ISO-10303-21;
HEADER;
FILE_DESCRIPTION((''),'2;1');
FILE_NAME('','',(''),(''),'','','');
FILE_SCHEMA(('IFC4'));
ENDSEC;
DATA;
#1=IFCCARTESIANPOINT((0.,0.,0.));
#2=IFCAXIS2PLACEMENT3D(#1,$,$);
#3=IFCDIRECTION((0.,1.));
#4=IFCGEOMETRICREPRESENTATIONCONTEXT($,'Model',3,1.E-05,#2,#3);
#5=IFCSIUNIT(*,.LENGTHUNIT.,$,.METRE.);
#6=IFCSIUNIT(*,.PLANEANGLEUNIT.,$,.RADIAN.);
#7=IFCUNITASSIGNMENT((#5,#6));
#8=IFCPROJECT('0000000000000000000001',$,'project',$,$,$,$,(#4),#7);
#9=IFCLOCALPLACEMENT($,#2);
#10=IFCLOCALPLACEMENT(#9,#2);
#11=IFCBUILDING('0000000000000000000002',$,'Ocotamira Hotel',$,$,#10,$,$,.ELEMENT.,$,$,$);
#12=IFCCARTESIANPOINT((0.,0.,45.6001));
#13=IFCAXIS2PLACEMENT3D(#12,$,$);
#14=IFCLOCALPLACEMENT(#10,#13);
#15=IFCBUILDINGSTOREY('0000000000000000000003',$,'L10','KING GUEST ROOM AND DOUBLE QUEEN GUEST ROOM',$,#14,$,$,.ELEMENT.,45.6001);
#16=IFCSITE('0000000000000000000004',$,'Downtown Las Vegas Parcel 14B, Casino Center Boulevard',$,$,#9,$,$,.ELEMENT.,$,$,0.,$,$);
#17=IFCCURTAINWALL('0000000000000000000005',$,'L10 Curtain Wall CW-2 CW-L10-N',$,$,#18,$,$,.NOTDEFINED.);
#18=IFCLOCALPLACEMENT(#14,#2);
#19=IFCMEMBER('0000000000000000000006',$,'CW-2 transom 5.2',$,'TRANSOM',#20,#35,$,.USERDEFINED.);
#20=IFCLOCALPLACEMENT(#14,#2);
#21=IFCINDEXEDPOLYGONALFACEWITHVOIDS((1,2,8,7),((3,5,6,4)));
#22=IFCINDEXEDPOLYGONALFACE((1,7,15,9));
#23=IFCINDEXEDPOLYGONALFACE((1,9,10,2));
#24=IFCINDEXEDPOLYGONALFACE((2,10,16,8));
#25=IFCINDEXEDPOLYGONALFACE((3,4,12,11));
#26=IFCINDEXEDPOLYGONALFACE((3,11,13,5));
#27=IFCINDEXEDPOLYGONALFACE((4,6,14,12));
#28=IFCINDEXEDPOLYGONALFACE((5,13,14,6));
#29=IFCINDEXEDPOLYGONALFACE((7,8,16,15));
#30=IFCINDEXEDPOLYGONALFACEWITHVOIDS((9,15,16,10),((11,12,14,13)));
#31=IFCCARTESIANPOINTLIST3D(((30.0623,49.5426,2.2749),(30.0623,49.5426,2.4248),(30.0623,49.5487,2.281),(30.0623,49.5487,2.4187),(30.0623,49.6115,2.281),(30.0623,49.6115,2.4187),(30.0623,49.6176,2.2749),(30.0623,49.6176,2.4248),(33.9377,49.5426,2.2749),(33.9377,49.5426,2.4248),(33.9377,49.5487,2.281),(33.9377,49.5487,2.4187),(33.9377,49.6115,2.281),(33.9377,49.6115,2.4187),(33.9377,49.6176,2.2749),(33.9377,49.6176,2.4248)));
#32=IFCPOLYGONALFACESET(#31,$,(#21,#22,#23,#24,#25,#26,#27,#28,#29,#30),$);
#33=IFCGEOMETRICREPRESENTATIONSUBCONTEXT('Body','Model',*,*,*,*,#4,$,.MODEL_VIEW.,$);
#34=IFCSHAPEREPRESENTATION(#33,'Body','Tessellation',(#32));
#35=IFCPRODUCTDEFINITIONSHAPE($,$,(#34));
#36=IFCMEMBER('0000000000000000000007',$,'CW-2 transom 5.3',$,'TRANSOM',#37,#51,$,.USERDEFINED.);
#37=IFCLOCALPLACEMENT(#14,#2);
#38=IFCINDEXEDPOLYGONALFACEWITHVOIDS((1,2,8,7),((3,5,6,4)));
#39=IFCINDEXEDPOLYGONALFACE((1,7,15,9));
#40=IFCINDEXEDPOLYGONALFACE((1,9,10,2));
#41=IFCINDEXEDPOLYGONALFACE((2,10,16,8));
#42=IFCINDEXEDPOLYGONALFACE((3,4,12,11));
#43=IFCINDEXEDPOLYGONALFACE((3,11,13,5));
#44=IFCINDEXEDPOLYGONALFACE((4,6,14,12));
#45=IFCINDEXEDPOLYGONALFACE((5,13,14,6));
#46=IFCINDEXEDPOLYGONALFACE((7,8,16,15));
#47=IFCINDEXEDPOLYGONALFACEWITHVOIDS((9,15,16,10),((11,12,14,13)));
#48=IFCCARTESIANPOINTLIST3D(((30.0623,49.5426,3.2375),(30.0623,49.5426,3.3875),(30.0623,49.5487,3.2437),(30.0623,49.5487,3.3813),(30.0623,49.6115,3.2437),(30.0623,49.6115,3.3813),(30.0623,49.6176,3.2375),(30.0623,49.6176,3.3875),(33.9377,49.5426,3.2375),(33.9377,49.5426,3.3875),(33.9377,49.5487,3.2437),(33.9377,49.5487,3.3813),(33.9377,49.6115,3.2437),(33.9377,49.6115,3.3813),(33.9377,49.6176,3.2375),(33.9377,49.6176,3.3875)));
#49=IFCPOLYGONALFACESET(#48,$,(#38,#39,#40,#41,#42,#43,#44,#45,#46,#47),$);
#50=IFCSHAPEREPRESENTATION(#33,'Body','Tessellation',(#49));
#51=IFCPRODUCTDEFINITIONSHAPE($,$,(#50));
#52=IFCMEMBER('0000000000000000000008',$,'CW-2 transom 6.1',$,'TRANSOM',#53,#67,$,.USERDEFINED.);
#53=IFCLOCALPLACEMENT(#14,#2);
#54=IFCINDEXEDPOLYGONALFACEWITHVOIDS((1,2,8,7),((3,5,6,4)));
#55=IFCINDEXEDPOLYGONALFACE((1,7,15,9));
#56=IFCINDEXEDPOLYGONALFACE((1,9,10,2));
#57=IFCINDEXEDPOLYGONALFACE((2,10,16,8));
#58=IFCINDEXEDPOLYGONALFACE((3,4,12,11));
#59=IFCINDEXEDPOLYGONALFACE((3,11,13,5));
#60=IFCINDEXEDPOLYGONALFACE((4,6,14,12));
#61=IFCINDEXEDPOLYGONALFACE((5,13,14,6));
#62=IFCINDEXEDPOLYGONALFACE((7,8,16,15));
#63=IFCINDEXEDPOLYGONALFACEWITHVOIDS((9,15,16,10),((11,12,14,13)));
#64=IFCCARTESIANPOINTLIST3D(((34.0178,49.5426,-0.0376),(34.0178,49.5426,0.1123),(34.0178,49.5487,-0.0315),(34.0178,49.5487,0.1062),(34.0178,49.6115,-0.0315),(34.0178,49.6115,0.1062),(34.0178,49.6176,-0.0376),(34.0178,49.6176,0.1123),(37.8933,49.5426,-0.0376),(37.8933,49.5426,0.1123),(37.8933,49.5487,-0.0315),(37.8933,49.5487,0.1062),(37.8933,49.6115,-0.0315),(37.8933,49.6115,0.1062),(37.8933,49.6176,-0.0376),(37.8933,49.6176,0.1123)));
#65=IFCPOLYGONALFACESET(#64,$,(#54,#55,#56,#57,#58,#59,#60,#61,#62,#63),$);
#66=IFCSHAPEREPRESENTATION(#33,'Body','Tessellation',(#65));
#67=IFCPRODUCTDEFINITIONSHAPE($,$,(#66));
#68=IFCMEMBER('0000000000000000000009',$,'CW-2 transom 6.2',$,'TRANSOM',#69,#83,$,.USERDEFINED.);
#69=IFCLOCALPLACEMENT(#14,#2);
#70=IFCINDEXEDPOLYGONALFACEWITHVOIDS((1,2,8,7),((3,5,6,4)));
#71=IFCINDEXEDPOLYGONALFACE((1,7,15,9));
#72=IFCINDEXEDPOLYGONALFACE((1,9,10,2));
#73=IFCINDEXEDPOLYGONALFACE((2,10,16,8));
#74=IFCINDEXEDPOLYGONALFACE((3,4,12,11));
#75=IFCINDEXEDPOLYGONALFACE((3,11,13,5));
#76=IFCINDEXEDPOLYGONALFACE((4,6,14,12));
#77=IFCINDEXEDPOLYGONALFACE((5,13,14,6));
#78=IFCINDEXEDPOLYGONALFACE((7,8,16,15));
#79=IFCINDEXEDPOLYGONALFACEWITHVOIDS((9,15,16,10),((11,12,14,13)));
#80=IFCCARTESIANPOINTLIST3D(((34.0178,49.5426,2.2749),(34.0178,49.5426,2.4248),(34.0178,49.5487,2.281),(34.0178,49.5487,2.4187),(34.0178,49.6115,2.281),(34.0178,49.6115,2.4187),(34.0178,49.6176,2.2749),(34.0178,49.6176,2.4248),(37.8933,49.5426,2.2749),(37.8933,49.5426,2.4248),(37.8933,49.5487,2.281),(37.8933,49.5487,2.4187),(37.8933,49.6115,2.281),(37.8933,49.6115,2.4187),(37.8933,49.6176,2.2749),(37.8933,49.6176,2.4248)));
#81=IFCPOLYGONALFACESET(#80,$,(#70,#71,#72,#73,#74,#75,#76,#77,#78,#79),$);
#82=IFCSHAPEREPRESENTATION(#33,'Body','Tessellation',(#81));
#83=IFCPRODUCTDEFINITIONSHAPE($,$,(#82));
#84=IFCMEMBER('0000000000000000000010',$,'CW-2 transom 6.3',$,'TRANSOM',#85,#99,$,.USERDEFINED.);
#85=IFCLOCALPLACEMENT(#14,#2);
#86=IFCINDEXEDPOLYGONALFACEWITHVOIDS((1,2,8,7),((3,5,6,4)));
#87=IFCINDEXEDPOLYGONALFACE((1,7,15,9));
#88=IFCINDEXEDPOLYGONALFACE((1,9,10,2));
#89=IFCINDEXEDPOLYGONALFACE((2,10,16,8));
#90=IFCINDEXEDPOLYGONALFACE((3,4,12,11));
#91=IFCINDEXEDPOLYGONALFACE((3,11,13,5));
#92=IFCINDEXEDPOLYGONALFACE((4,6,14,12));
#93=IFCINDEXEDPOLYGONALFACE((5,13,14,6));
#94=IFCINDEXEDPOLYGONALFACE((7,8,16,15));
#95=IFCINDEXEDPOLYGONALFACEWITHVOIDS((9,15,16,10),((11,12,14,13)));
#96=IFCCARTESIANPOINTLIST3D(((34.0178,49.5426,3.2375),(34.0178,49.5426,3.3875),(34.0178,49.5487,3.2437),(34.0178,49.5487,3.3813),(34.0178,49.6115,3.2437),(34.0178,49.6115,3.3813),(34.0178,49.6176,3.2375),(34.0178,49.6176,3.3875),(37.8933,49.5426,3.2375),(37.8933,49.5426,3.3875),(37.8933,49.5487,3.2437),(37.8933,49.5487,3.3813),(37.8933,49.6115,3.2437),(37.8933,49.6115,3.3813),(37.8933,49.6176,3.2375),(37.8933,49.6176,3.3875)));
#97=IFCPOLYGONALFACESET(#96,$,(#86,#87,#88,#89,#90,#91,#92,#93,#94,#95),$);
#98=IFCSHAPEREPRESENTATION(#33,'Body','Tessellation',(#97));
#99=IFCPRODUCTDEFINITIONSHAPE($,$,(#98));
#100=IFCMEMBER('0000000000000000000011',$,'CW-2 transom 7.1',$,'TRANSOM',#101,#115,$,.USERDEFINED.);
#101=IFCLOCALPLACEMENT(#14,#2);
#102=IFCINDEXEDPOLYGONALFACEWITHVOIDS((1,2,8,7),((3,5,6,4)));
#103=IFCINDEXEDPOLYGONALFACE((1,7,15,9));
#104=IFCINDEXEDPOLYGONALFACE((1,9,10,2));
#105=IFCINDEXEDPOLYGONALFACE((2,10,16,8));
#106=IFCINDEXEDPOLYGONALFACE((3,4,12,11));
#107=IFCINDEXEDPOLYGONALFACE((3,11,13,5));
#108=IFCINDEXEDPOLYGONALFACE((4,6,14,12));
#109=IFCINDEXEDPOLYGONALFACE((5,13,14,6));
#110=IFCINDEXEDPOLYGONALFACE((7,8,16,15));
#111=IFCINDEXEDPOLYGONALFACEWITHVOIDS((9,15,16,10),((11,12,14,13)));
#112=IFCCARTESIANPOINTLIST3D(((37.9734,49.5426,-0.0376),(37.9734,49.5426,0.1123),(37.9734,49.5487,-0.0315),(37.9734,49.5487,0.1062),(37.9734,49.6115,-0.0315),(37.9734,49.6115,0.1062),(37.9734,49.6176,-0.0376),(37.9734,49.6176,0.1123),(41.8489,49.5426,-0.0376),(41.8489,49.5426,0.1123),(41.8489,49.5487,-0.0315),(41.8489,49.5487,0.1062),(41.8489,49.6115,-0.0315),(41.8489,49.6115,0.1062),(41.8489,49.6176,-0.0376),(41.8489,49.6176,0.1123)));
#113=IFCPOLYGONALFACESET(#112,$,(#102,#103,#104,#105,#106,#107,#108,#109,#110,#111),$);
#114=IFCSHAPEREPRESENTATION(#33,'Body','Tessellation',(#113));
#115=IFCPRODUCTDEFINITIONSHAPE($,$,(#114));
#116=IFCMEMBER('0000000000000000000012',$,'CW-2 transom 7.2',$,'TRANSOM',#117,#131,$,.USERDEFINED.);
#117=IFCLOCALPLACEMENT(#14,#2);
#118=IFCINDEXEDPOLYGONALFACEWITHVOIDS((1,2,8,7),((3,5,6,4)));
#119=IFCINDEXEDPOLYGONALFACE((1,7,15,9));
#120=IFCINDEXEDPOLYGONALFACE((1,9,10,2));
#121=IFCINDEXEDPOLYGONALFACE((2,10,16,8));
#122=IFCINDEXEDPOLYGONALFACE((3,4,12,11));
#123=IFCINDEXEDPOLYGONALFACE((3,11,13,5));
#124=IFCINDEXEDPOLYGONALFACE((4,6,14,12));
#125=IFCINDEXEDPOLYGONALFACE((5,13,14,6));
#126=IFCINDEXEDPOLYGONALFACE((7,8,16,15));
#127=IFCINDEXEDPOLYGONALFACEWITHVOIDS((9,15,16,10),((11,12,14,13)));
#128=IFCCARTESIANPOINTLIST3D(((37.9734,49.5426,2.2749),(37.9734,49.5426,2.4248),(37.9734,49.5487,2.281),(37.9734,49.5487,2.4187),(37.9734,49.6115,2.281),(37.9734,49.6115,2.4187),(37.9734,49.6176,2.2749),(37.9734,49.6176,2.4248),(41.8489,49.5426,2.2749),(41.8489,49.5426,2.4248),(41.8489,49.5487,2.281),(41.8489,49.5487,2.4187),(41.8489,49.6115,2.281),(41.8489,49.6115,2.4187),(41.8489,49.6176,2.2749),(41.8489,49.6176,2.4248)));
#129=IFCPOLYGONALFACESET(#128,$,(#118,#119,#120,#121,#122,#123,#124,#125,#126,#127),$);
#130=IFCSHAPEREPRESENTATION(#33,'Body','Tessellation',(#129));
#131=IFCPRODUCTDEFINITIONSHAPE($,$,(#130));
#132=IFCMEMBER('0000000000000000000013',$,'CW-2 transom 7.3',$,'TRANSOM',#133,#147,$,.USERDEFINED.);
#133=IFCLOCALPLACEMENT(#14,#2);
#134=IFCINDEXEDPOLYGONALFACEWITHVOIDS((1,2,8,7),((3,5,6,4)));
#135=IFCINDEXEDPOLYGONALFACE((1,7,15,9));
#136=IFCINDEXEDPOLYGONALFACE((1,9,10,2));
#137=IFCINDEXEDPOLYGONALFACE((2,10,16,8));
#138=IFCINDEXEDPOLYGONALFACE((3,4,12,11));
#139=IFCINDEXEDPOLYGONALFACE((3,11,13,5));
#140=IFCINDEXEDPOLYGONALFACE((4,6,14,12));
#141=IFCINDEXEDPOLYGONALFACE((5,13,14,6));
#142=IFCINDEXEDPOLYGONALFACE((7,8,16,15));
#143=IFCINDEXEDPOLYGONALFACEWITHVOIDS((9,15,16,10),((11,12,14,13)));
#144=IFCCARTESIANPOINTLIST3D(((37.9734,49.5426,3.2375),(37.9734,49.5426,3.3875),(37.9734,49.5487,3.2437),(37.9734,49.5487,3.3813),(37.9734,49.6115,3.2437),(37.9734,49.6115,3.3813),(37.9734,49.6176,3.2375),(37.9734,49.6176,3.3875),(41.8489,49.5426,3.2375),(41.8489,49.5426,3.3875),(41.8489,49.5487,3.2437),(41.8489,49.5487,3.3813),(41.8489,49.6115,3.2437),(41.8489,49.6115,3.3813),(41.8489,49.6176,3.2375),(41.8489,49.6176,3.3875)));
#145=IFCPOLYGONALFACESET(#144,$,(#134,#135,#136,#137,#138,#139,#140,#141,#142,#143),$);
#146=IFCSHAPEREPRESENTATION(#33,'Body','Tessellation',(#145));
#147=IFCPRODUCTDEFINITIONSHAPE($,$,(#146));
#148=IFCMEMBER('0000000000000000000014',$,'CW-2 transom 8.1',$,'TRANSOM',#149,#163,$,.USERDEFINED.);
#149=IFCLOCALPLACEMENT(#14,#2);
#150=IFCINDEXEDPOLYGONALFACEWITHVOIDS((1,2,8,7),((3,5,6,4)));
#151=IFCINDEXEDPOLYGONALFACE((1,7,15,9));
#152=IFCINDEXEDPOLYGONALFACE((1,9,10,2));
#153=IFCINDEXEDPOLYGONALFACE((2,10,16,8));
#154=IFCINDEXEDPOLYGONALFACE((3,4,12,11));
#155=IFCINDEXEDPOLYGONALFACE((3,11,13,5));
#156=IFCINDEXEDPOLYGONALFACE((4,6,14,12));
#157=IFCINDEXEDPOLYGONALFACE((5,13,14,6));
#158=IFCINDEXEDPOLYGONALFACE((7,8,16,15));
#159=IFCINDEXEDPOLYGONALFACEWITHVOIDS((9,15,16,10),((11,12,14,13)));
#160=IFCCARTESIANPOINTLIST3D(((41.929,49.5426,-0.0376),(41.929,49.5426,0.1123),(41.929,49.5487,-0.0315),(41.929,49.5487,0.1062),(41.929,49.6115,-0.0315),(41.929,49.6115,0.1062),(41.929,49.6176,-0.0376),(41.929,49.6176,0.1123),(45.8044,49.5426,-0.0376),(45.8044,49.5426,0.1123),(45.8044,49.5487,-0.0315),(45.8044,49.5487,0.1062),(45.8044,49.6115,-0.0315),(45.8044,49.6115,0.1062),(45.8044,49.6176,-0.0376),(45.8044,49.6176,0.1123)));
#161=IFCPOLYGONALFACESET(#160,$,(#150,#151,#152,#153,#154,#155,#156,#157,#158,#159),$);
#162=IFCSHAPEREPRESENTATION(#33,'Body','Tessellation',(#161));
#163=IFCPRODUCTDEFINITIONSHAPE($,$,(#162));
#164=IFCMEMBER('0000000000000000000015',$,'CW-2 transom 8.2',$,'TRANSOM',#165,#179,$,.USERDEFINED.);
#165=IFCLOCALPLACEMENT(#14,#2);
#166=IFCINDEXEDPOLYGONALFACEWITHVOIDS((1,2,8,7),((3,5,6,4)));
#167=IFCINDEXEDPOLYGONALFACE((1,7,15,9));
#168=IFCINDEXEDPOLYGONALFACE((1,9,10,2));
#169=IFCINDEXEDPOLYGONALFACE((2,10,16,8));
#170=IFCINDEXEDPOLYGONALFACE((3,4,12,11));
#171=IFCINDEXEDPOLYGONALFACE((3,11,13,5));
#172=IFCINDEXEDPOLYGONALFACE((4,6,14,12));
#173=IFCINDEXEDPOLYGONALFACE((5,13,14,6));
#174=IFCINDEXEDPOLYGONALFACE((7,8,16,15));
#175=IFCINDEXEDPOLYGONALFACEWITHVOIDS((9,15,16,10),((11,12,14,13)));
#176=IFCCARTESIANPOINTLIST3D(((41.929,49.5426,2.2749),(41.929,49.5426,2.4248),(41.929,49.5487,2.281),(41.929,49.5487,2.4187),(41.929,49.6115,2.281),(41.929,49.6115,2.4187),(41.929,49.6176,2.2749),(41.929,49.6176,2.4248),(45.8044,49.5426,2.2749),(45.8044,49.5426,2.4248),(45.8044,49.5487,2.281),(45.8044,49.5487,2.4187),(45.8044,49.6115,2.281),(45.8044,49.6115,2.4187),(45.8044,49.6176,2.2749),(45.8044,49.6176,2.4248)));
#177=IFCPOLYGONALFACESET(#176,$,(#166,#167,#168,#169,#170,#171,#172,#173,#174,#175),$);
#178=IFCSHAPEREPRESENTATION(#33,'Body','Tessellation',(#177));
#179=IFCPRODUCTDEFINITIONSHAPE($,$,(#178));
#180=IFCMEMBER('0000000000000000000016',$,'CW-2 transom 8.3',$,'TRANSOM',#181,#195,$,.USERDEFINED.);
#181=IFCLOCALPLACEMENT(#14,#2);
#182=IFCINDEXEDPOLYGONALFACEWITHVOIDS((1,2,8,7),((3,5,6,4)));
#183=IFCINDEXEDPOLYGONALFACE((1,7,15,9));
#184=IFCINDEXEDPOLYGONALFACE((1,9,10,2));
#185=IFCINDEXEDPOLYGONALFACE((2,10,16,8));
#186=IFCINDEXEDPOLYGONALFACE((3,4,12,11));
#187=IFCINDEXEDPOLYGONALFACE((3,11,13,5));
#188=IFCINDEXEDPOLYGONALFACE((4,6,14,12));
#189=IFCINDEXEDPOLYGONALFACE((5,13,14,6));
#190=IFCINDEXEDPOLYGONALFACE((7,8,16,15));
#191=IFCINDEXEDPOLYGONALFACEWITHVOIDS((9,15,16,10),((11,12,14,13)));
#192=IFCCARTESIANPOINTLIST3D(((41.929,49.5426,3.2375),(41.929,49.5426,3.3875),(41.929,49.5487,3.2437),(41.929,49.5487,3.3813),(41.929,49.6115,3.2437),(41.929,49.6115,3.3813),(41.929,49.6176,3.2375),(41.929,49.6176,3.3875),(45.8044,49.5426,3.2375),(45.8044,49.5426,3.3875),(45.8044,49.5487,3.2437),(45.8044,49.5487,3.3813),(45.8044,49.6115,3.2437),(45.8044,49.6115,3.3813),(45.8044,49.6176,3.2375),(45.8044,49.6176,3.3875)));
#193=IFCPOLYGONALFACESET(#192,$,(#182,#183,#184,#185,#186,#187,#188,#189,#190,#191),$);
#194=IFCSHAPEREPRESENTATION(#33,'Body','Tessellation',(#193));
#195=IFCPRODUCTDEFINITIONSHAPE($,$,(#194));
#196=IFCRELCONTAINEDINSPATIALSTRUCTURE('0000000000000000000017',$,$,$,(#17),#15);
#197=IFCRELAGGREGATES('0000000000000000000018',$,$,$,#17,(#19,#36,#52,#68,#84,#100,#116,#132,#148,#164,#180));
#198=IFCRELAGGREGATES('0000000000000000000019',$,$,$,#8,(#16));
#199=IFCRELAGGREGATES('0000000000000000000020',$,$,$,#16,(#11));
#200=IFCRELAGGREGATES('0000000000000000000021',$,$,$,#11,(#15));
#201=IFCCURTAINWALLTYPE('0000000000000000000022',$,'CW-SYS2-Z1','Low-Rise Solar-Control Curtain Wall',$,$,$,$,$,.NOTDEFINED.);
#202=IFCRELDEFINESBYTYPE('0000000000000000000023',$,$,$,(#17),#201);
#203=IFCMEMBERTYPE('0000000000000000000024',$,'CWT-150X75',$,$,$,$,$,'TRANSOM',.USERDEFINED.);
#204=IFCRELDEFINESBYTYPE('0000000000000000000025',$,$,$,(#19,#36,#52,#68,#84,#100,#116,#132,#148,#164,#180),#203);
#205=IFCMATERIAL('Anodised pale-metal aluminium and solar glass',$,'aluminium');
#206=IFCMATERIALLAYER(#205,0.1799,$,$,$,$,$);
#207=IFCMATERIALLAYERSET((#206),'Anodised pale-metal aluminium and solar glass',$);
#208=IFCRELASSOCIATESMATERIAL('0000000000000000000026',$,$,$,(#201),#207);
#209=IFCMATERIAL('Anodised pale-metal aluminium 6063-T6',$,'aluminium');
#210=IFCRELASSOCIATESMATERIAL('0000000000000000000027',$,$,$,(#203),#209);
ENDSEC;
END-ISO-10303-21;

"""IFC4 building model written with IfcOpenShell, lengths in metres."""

from ifc_helpers import new_model, si_unit, direction, frame, origin, origin_2d, place, context, subcontext, project, spatial, hollow_rectangle, extrude, source, transform, mapped, material, layer, layer_set, material_profile, profile_set, type_object, element, aggregate, save


model = new_model("IFC4")

# Units and contexts
model_context = context("Model", 3, precision=1e-05, world=origin(), true_north=direction((0.0, 1.0)))
body_context = subcontext(model_context, "Body", "Model", "MODEL_VIEW")
ifc_project = project(units=[si_unit("LENGTHUNIT", "METRE"), si_unit("PLANEANGLEUNIT", "RADIAN")], contexts=[model_context])

# Site, building, storey
site_placement = place(None, origin())
site = spatial("IfcSite", under=ifc_project, at=site_placement, Name="Downtown Las Vegas Parcel 14B, Casino Center Boulevard", CompositionType="ELEMENT", RefElevation=0.0)
building_placement = place(site_placement, origin())
building = spatial("IfcBuilding", under=site, at=building_placement, Name="Ocotamira Hotel", CompositionType="ELEMENT")
storey_placement = place(building_placement, frame((0.0, 0.0, 45.6001)))
storey = spatial("IfcBuildingStorey", under=building, at=storey_placement, Name="L10", Description="KING GUEST ROOM AND DOUBLE QUEEN GUEST ROOM", CompositionType="ELEMENT", Elevation=45.6001)

# Curtain wall, members
ifc_material_1 = material(Name="Anodised pale-metal aluminium and solar glass", Category="aluminium")
ifc_layer_1 = layer(ifc_material_1, 0.1799)
ifc_layer_set_1 = layer_set([ifc_layer_1], Name="Anodised pale-metal aluminium and solar glass")
curtain_wall_type = type_object("IfcCurtainWallType", Name="CW-SYS2-Z1", Description="Low-Rise Solar-Control Curtain Wall", PredefinedType="NOTDEFINED", material=ifc_layer_set_1)
curtain_wall_placement = place(storey_placement, origin())
curtain_wall = element("IfcCurtainWall", 1, at=curtain_wall_placement, inside=storey, type_object=curtain_wall_type, Name="L10 Curtain Wall CW-2 CW-L10-N", PredefinedType="NOTDEFINED")
ifc_material_2 = material(Name="Anodised pale-metal aluminium 6063-T6", Category="aluminium")
ifc_material_profile_1 = material_profile(ifc_material_2, hollow_rectangle(XDim=0.075, YDim=0.1499, WallThickness=0.0061, at=origin_2d()), Name="HSS150X75X6")
ifc_profile_set_1 = profile_set([ifc_material_profile_1], Name="Anodised pale-metal aluminium 6063-T6")
member_type_1 = type_object("IfcMemberType", Name="CWT-150X75", ElementType="TRANSOM", PredefinedType="USERDEFINED", material=ifc_profile_set_1)
shared_shape_1 = source(origin(), body_context, "Body", "SweptSolid", [
    extrude(hollow_rectangle(XDim=0.075, YDim=0.1499, WallThickness=0.0061, at=origin_2d()), origin(), (0.0, 0.0, 1.0), 3.8755),
])
member_1_placement = place(storey_placement, frame((30.0623, 49.5801, 2.3499), z_axis=(1.0, 0.0, 0.0), x_axis=(0.0, 1.0, 0.0)))
member_1 = element("IfcMember", 2, at=member_1_placement, type_object=member_type_1, Name="CW-2 transom 5.2", ObjectType="TRANSOM", PredefinedType="USERDEFINED", context=body_context, shape_type="MappedRepresentation", body=[
    mapped(shared_shape_1, transform((0.0, 0.0, 0.0), scale=1.0)),
])
member_2_placement = place(storey_placement, frame((30.0623, 49.5801, 3.3125), z_axis=(1.0, 0.0, 0.0), x_axis=(0.0, 1.0, 0.0)))
member_2 = element("IfcMember", 3, at=member_2_placement, type_object=member_type_1, Name="CW-2 transom 5.3", ObjectType="TRANSOM", PredefinedType="USERDEFINED", context=body_context, shape_type="MappedRepresentation", body=[
    mapped(shared_shape_1, transform((0.0, 0.0, 0.0), scale=1.0)),
])
member_3_placement = place(storey_placement, frame((34.0178, 49.5801, 0.0374), z_axis=(1.0, 0.0, 0.0), x_axis=(0.0, 1.0, 0.0)))
member_3 = element("IfcMember", 4, at=member_3_placement, type_object=member_type_1, Name="CW-2 transom 6.1", ObjectType="TRANSOM", PredefinedType="USERDEFINED", context=body_context, shape_type="MappedRepresentation", body=[
    mapped(shared_shape_1, transform((0.0, 0.0, 0.0), scale=1.0)),
])
member_4_placement = place(storey_placement, frame((34.0178, 49.5801, 2.3499), z_axis=(1.0, 0.0, 0.0), x_axis=(0.0, 1.0, 0.0)))
member_4 = element("IfcMember", 5, at=member_4_placement, type_object=member_type_1, Name="CW-2 transom 6.2", ObjectType="TRANSOM", PredefinedType="USERDEFINED", context=body_context, shape_type="MappedRepresentation", body=[
    mapped(shared_shape_1, transform((0.0, 0.0, 0.0), scale=1.0)),
])
member_5_placement = place(storey_placement, frame((34.0178, 49.5801, 3.3125), z_axis=(1.0, 0.0, 0.0), x_axis=(0.0, 1.0, 0.0)))
member_5 = element("IfcMember", 6, at=member_5_placement, type_object=member_type_1, Name="CW-2 transom 6.3", ObjectType="TRANSOM", PredefinedType="USERDEFINED", context=body_context, shape_type="MappedRepresentation", body=[
    mapped(shared_shape_1, transform((0.0, 0.0, 0.0), scale=1.0)),
])
member_6_placement = place(storey_placement, frame((37.9734, 49.5801, 0.0374), z_axis=(1.0, 0.0, 0.0), x_axis=(0.0, 1.0, 0.0)))
member_6 = element("IfcMember", 7, at=member_6_placement, type_object=member_type_1, Name="CW-2 transom 7.1", ObjectType="TRANSOM", PredefinedType="USERDEFINED", context=body_context, shape_type="MappedRepresentation", body=[
    mapped(shared_shape_1, transform((0.0, 0.0, 0.0), scale=1.0)),
])
member_7_placement = place(storey_placement, frame((37.9734, 49.5801, 2.3499), z_axis=(1.0, 0.0, 0.0), x_axis=(0.0, 1.0, 0.0)))
member_7 = element("IfcMember", 8, at=member_7_placement, type_object=member_type_1, Name="CW-2 transom 7.2", ObjectType="TRANSOM", PredefinedType="USERDEFINED", context=body_context, shape_type="MappedRepresentation", body=[
    mapped(shared_shape_1, transform((0.0, 0.0, 0.0), scale=1.0)),
])
member_8_placement = place(storey_placement, frame((37.9734, 49.5801, 3.3125), z_axis=(1.0, 0.0, 0.0), x_axis=(0.0, 1.0, 0.0)))
member_8 = element("IfcMember", 9, at=member_8_placement, type_object=member_type_1, Name="CW-2 transom 7.3", ObjectType="TRANSOM", PredefinedType="USERDEFINED", context=body_context, shape_type="MappedRepresentation", body=[
    mapped(shared_shape_1, transform((0.0, 0.0, 0.0), scale=1.0)),
])
member_9_placement = place(storey_placement, frame((41.929, 49.5801, 0.0374), z_axis=(1.0, 0.0, 0.0), x_axis=(0.0, 1.0, 0.0)))
member_9 = element("IfcMember", 10, at=member_9_placement, type_object=member_type_1, Name="CW-2 transom 8.1", ObjectType="TRANSOM", PredefinedType="USERDEFINED", context=body_context, shape_type="MappedRepresentation", body=[
    mapped(shared_shape_1, transform((0.0, 0.0, 0.0), scale=1.0)),
])
member_10_placement = place(storey_placement, frame((41.929, 49.5801, 2.3499), z_axis=(1.0, 0.0, 0.0), x_axis=(0.0, 1.0, 0.0)))
member_10 = element("IfcMember", 11, at=member_10_placement, type_object=member_type_1, Name="CW-2 transom 8.2", ObjectType="TRANSOM", PredefinedType="USERDEFINED", context=body_context, shape_type="MappedRepresentation", body=[
    mapped(shared_shape_1, transform((0.0, 0.0, 0.0), scale=1.0)),
])
member_11_placement = place(storey_placement, frame((41.929, 49.5801, 3.3125), z_axis=(1.0, 0.0, 0.0), x_axis=(0.0, 1.0, 0.0)))
member_11 = element("IfcMember", 12, at=member_11_placement, type_object=member_type_1, Name="CW-2 transom 8.3", ObjectType="TRANSOM", PredefinedType="USERDEFINED", context=body_context, shape_type="MappedRepresentation", body=[
    mapped(shared_shape_1, transform((0.0, 0.0, 0.0), scale=1.0)),
])

aggregate(curtain_wall, [member_1, member_2, member_3, member_4, member_5, member_6, member_7, member_8, member_9, member_10, member_11])

save(model, "model.ifc")
